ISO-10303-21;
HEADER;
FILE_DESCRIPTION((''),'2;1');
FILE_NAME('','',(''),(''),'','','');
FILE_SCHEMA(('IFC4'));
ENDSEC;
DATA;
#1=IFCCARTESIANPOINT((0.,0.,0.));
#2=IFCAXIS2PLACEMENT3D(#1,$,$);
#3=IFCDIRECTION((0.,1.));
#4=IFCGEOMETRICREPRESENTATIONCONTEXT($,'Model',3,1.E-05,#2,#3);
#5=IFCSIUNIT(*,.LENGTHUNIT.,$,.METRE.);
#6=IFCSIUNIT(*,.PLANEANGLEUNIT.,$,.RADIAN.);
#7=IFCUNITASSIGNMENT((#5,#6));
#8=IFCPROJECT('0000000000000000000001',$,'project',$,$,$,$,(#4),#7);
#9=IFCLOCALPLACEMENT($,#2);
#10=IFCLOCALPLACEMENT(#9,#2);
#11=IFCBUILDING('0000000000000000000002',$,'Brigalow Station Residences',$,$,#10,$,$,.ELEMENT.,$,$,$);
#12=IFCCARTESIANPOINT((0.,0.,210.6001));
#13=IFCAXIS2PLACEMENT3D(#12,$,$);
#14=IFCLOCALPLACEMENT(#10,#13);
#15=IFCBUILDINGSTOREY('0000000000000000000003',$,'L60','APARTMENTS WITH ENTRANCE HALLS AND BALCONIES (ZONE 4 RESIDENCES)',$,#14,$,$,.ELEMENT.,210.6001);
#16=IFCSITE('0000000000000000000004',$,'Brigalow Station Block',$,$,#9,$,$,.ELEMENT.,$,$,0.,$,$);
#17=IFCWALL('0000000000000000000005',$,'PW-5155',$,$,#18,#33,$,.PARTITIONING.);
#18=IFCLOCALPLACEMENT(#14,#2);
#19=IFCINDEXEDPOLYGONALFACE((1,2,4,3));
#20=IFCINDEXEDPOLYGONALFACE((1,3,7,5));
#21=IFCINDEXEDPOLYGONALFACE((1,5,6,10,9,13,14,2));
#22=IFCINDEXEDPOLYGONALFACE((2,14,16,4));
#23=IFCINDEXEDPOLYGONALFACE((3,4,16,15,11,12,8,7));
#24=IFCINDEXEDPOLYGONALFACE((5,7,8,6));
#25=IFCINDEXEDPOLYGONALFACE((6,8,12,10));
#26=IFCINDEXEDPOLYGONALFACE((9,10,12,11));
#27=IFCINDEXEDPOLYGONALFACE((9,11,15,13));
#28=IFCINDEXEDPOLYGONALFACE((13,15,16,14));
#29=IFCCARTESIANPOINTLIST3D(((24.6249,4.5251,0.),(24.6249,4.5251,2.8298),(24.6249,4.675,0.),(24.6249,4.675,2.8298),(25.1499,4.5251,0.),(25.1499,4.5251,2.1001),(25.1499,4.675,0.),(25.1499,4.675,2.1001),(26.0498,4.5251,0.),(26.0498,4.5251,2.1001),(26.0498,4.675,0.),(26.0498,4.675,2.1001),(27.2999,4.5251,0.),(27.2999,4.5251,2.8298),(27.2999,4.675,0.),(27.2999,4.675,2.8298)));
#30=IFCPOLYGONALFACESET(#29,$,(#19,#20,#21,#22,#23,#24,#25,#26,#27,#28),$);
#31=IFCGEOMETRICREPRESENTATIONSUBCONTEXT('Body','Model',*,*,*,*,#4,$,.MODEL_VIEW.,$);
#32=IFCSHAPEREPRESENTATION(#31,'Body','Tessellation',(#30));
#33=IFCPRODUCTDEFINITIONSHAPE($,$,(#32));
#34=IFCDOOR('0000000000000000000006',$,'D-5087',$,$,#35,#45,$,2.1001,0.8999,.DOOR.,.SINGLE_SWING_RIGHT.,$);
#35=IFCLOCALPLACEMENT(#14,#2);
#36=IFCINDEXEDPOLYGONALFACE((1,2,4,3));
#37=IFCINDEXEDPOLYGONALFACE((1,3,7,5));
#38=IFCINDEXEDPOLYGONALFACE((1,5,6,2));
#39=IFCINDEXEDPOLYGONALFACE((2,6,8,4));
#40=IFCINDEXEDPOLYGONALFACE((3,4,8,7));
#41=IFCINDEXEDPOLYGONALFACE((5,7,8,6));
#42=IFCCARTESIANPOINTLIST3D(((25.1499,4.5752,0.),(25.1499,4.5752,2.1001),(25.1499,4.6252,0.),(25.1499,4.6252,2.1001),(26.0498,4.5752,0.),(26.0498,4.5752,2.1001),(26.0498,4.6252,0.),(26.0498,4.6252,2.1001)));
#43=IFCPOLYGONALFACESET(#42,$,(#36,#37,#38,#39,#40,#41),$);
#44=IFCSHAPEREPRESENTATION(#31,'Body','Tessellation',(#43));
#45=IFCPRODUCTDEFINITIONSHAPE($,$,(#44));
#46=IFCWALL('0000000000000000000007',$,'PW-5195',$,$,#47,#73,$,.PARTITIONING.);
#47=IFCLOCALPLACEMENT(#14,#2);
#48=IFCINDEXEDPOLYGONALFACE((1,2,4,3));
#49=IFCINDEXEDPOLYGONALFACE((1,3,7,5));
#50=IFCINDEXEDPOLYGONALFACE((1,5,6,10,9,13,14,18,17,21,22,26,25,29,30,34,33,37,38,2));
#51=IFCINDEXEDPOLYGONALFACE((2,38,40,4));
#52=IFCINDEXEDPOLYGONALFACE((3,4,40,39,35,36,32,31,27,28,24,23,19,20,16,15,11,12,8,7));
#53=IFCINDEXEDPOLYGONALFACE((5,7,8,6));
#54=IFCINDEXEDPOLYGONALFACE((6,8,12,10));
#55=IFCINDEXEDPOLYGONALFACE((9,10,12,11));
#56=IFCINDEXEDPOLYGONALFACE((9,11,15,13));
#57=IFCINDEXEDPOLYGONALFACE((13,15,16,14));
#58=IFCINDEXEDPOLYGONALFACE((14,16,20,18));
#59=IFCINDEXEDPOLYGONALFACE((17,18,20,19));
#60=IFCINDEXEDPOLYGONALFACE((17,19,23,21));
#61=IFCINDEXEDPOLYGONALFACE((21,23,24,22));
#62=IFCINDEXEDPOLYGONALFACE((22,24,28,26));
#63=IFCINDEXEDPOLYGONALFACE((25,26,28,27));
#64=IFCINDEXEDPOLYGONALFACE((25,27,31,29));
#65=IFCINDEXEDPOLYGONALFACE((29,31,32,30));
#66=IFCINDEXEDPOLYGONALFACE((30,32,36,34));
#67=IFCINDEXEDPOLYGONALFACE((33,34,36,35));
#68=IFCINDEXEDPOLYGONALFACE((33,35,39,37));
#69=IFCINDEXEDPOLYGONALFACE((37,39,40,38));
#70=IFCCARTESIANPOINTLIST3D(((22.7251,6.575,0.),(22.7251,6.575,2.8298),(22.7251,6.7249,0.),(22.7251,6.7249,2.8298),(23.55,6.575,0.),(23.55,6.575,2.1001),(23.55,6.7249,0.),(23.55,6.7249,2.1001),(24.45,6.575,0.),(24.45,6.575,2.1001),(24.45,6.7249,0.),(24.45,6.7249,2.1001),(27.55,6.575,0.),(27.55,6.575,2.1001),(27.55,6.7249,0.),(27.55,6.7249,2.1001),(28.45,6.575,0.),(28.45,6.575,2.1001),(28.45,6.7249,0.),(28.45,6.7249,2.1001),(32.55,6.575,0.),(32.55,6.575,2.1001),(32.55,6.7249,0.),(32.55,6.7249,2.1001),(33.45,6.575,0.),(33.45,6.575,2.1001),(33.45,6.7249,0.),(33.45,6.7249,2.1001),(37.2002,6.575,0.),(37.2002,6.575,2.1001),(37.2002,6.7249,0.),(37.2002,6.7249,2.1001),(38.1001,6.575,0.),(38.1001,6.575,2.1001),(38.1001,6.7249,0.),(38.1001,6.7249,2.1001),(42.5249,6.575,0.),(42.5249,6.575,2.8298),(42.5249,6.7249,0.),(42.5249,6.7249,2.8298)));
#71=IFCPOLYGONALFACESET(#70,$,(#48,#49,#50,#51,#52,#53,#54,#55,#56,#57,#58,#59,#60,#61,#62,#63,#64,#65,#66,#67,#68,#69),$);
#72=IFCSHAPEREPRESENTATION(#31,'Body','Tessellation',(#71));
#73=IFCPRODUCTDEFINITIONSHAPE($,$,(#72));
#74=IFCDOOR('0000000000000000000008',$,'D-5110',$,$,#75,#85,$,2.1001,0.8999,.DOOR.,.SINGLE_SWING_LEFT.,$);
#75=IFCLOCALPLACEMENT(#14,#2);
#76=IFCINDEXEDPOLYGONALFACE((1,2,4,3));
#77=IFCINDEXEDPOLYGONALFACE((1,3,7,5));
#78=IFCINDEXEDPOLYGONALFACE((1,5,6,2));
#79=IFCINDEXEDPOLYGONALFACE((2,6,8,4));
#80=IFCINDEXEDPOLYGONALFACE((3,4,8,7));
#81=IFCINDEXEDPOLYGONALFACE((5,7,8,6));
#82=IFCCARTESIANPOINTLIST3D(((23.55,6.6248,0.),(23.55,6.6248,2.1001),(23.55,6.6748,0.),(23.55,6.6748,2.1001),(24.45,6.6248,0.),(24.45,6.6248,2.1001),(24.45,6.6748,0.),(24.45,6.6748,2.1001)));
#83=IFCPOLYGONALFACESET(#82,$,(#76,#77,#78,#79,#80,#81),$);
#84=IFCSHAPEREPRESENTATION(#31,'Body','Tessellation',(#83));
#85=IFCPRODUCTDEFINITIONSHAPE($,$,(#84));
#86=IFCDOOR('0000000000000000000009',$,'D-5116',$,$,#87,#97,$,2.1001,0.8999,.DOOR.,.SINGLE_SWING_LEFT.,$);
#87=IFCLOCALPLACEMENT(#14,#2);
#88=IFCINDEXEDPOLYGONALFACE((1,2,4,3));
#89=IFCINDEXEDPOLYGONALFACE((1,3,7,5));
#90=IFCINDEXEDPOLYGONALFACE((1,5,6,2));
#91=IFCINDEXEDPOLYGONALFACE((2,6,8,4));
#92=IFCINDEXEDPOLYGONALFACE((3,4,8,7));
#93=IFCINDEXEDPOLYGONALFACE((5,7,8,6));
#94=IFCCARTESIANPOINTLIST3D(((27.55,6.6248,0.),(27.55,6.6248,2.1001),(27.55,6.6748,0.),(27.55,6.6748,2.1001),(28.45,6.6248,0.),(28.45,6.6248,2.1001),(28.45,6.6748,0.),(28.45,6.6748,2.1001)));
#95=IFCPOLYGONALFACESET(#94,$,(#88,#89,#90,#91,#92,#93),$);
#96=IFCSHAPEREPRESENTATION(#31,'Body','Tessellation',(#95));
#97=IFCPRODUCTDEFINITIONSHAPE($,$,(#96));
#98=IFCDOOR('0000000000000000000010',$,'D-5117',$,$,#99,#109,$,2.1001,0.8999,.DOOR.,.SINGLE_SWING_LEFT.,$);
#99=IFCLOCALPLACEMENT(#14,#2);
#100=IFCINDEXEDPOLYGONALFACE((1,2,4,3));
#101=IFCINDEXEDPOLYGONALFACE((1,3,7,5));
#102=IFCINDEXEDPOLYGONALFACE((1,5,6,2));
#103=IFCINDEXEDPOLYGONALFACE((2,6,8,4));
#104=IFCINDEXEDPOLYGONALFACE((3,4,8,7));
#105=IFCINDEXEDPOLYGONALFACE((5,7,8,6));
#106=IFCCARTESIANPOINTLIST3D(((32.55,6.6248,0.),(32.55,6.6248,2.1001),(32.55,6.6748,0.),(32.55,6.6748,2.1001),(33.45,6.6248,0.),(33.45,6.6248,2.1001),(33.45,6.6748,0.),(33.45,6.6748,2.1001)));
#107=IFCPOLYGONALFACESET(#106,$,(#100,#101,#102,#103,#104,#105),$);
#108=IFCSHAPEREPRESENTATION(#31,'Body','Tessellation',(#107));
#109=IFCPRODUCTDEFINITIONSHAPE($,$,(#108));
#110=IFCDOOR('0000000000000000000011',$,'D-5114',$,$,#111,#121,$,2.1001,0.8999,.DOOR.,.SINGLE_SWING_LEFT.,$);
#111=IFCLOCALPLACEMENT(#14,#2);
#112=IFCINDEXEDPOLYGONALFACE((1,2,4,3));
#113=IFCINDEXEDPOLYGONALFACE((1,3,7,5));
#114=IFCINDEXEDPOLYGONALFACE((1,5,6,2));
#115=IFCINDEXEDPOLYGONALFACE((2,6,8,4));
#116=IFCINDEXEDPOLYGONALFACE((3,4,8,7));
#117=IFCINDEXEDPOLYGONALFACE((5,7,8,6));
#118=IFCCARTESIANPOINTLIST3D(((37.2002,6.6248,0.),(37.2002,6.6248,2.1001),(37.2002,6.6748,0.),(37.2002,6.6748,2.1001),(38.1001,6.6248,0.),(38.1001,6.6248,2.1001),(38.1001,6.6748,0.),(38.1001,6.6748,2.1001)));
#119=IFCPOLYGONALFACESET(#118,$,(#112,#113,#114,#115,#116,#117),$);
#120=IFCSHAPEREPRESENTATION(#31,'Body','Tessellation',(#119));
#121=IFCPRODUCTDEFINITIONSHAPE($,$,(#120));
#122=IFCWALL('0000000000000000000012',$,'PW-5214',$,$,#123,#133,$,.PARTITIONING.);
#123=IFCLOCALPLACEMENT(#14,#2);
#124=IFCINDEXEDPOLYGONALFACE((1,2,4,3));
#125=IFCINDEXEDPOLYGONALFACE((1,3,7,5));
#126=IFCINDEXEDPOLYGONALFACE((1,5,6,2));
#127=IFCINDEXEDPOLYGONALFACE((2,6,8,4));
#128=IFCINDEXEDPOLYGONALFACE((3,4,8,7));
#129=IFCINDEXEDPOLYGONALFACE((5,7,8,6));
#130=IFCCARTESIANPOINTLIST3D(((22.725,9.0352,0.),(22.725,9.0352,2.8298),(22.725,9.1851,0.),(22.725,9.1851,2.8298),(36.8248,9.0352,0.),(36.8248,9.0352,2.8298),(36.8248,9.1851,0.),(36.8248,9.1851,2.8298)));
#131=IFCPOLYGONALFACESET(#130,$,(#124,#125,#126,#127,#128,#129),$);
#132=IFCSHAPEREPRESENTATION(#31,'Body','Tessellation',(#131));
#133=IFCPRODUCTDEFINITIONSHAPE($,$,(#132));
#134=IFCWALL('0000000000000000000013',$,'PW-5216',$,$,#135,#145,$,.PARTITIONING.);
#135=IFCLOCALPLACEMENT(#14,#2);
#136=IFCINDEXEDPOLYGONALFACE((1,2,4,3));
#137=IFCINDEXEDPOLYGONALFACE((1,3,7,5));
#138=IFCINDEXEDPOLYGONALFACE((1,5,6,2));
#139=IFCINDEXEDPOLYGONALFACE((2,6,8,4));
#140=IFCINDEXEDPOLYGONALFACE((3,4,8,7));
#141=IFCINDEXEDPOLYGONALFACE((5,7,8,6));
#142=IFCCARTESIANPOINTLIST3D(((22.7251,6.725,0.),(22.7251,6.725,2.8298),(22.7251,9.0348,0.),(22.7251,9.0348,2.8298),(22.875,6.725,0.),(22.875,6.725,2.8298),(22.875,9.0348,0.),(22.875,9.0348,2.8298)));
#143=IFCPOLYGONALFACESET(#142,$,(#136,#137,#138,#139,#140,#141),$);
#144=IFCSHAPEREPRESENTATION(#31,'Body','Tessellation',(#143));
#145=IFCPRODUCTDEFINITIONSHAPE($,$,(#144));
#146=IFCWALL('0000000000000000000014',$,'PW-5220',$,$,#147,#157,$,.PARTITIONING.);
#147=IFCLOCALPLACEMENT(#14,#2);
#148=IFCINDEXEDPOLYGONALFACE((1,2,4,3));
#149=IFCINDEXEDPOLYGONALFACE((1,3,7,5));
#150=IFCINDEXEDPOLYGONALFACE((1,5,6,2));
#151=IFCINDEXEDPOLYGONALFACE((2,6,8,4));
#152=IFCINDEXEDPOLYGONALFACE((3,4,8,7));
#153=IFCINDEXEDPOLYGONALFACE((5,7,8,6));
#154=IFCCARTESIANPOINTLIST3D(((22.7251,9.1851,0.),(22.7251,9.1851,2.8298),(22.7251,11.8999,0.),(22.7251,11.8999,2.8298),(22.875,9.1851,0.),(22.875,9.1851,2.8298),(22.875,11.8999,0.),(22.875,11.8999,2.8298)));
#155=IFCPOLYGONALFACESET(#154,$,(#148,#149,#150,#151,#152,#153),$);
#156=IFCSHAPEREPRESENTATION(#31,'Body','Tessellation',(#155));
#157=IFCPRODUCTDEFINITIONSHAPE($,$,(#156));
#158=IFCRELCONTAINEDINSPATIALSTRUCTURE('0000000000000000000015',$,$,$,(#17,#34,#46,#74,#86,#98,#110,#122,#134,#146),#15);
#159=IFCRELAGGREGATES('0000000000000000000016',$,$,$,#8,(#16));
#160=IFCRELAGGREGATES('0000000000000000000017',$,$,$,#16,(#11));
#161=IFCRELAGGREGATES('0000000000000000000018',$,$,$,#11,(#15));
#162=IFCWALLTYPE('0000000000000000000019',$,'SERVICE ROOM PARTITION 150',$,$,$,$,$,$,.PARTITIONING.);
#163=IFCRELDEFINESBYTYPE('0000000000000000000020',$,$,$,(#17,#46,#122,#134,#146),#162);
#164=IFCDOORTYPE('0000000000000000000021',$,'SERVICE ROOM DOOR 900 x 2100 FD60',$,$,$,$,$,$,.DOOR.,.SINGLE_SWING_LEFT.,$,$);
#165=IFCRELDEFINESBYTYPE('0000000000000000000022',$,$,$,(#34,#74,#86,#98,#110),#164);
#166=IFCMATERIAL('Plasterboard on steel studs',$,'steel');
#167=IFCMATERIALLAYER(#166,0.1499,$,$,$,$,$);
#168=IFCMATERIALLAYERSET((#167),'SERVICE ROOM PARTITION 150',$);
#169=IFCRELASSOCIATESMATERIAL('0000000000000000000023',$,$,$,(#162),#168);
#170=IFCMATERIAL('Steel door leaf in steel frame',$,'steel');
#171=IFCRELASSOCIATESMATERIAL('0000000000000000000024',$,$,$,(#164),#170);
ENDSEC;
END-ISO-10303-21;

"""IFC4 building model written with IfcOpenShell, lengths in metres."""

from ifc_helpers import new_model, si_unit, direction, frame, frame_2d, origin, place, context, subcontext, project, spatial, rectangle, extrude, material, layer, layer_set, type_object, element, fill, save


model = new_model("IFC4")

# Units and contexts
model_context = context("Model", 3, precision=1e-05, world=origin(), true_north=direction((0.0, 1.0)))
body_context = subcontext(model_context, "Body", "Model", "MODEL_VIEW")
ifc_project = project(units=[si_unit("LENGTHUNIT", "METRE"), si_unit("PLANEANGLEUNIT", "RADIAN")], contexts=[model_context])

# Site, building, storey
site_placement = place(None, origin())
site = spatial("IfcSite", under=ifc_project, at=site_placement, Name="Brigalow Station Block", CompositionType="ELEMENT", RefElevation=0.0)
building_placement = place(site_placement, origin())
building = spatial("IfcBuilding", under=site, at=building_placement, Name="Brigalow Station Residences", CompositionType="ELEMENT")
storey_placement = place(building_placement, frame((0.0, 0.0, 210.6001)))
storey = spatial("IfcBuildingStorey", under=building, at=storey_placement, Name="L60", Description="APARTMENTS WITH ENTRANCE HALLS AND BALCONIES (ZONE 4 RESIDENCES)", CompositionType="ELEMENT", Elevation=210.6001)

# Wall, opening, door
ifc_material_1 = material(Name="Plasterboard on steel studs", Category="steel")
ifc_layer = layer(ifc_material_1, 0.1499)
ifc_layer_set = layer_set([ifc_layer], Name="SERVICE ROOM PARTITION 150")
wall_type = type_object("IfcWallType", Name="SERVICE ROOM PARTITION 150", PredefinedType="PARTITIONING", material=ifc_layer_set)
wall_1_placement = place(storey_placement, frame((24.625, 4.6001, 0.0), z_axis=(0.0, 0.0, 1.0), x_axis=(1.0, 0.0, 0.0)))
wall_1 = element("IfcWall", 1, at=wall_1_placement, inside=storey, type_object=wall_type, Name="PW-5155", PredefinedType="PARTITIONING", context=body_context, shape_type="SweptSolid", body=[
    extrude(rectangle(XDim=2.675, YDim=0.1499, at=frame_2d((1.3374, 0.0))), origin(), (0.0, 0.0, 1.0), 2.8298),
])
opening_1_placement = place(wall_1_placement, frame((0.5249, 0.0, 0.0)))
opening_1 = element("IfcOpeningElement", 2, at=opening_1_placement, cuts=wall_1, PredefinedType="OPENING", context=body_context, shape_type="SweptSolid", body=[
    extrude(rectangle(XDim=0.8999, YDim=2.1001, at=frame_2d((0.45, 1.05))), frame((0.0, 0.085, 0.0), z_axis=(0.0, -1.0, 0.0), x_axis=(1.0, 0.0, 0.0)), (0.0, 0.0, 1.0), 0.1699),
])
ifc_material_2 = material(Name="Steel door leaf in steel frame", Category="steel")
door_type = type_object("IfcDoorType", Name="SERVICE ROOM DOOR 900 x 2100 FD60", OperationType="SINGLE_SWING_LEFT", PredefinedType="DOOR", material=ifc_material_2)
door_1_placement = place(opening_1_placement, frame((0.8999, 0.0, 0.0), z_axis=(0.0, 0.0, 1.0), x_axis=(-1.0, 0.0, 0.0)))
door_1 = element("IfcDoor", 3, at=door_1_placement, inside=storey, type_object=door_type, Name="D-5087", OperationType="SINGLE_SWING_RIGHT", OverallHeight=2.1001, OverallWidth=0.8999, PredefinedType="DOOR", context=body_context, shape_type="SweptSolid", body=[
    extrude(rectangle(XDim=0.8999, YDim=2.1001, at=frame_2d((0.45, 1.05))), frame((0.0, 0.0249, 0.0), z_axis=(0.0, -1.0, 0.0), x_axis=(1.0, 0.0, 0.0)), (0.0, 0.0, 1.0), 0.05),
])
fill(opening_1, door_1)

# Wall, openings, doors
wall_2_placement = place(storey_placement, frame((22.7251, 6.6499, 0.0), z_axis=(0.0, 0.0, 1.0), x_axis=(1.0, 0.0, 0.0)))
wall_2 = element("IfcWall", 4, at=wall_2_placement, inside=storey, type_object=wall_type, Name="PW-5195", PredefinedType="PARTITIONING", context=body_context, shape_type="SweptSolid", body=[
    extrude(rectangle(XDim=19.7998, YDim=0.1499, at=frame_2d((9.8999, 0.0))), origin(), (0.0, 0.0, 1.0), 2.8298),
])
opening_2_placement = place(wall_2_placement, frame((0.825, 0.0, 0.0)))
opening_2 = element("IfcOpeningElement", 5, at=opening_2_placement, cuts=wall_2, PredefinedType="OPENING", context=body_context, shape_type="SweptSolid", body=[
    extrude(rectangle(XDim=0.8999, YDim=2.1001, at=frame_2d((0.45, 1.05))), frame((0.0, 0.085, 0.0), z_axis=(0.0, -1.0, 0.0), x_axis=(1.0, 0.0, 0.0)), (0.0, 0.0, 1.0), 0.1699),
])
opening_3_placement = place(wall_2_placement, frame((4.825, 0.0, 0.0)))
opening_3 = element("IfcOpeningElement", 6, at=opening_3_placement, cuts=wall_2, PredefinedType="OPENING", context=body_context, shape_type="SweptSolid", body=[
    extrude(rectangle(XDim=0.8999, YDim=2.1001, at=frame_2d((0.45, 1.05))), frame((0.0, 0.085, 0.0), z_axis=(0.0, -1.0, 0.0), x_axis=(1.0, 0.0, 0.0)), (0.0, 0.0, 1.0), 0.1699),
])
opening_4_placement = place(wall_2_placement, frame((9.825, 0.0, 0.0)))
opening_4 = element("IfcOpeningElement", 7, at=opening_4_placement, cuts=wall_2, PredefinedType="OPENING", context=body_context, shape_type="SweptSolid", body=[
    extrude(rectangle(XDim=0.8999, YDim=2.1001, at=frame_2d((0.45, 1.05))), frame((0.0, 0.085, 0.0), z_axis=(0.0, -1.0, 0.0), x_axis=(1.0, 0.0, 0.0)), (0.0, 0.0, 1.0), 0.1699),
])
opening_5_placement = place(wall_2_placement, frame((14.4751, 0.0, 0.0)))
opening_5 = element("IfcOpeningElement", 8, at=opening_5_placement, cuts=wall_2, PredefinedType="OPENING", context=body_context, shape_type="SweptSolid", body=[
    extrude(rectangle(XDim=0.8999, YDim=2.1001, at=frame_2d((0.45, 1.05))), frame((0.0, 0.085, 0.0), z_axis=(0.0, -1.0, 0.0), x_axis=(1.0, 0.0, 0.0)), (0.0, 0.0, 1.0), 0.1699),
])
door_2_placement = place(opening_2_placement, origin())
door_2 = element("IfcDoor", 9, at=door_2_placement, inside=storey, type_object=door_type, Name="D-5110", OperationType="SINGLE_SWING_LEFT", OverallHeight=2.1001, OverallWidth=0.8999, PredefinedType="DOOR", context=body_context, shape_type="SweptSolid", body=[
    extrude(rectangle(XDim=0.8999, YDim=2.1001, at=frame_2d((0.45, 1.05))), frame((0.0, 0.0249, 0.0), z_axis=(0.0, -1.0, 0.0), x_axis=(1.0, 0.0, 0.0)), (0.0, 0.0, 1.0), 0.05),
])
fill(opening_2, door_2)
door_3_placement = place(opening_3_placement, origin())
door_3 = element("IfcDoor", 10, at=door_3_placement, inside=storey, type_object=door_type, Name="D-5116", OperationType="SINGLE_SWING_LEFT", OverallHeight=2.1001, OverallWidth=0.8999, PredefinedType="DOOR", context=body_context, shape_type="SweptSolid", body=[
    extrude(rectangle(XDim=0.8999, YDim=2.1001, at=frame_2d((0.45, 1.05))), frame((0.0, 0.0249, 0.0), z_axis=(0.0, -1.0, 0.0), x_axis=(1.0, 0.0, 0.0)), (0.0, 0.0, 1.0), 0.05),
])
fill(opening_3, door_3)
door_4_placement = place(opening_4_placement, origin())
door_4 = element("IfcDoor", 11, at=door_4_placement, inside=storey, type_object=door_type, Name="D-5117", OperationType="SINGLE_SWING_LEFT", OverallHeight=2.1001, OverallWidth=0.8999, PredefinedType="DOOR", context=body_context, shape_type="SweptSolid", body=[
    extrude(rectangle(XDim=0.8999, YDim=2.1001, at=frame_2d((0.45, 1.05))), frame((0.0, 0.0249, 0.0), z_axis=(0.0, -1.0, 0.0), x_axis=(1.0, 0.0, 0.0)), (0.0, 0.0, 1.0), 0.05),
])
fill(opening_4, door_4)
door_5_placement = place(opening_5_placement, origin())
door_5 = element("IfcDoor", 12, at=door_5_placement, inside=storey, type_object=door_type, Name="D-5114", OperationType="SINGLE_SWING_LEFT", OverallHeight=2.1001, OverallWidth=0.8999, PredefinedType="DOOR", context=body_context, shape_type="SweptSolid", body=[
    extrude(rectangle(XDim=0.8999, YDim=2.1001, at=frame_2d((0.45, 1.05))), frame((0.0, 0.0249, 0.0), z_axis=(0.0, -1.0, 0.0), x_axis=(1.0, 0.0, 0.0)), (0.0, 0.0, 1.0), 0.05),
])
fill(opening_5, door_5)

# Walls
wall_3_placement = place(storey_placement, frame((22.7251, 9.1101, 0.0), z_axis=(0.0, 0.0, 1.0), x_axis=(1.0, 0.0, 0.0)))
element("IfcWall", 13, at=wall_3_placement, inside=storey, type_object=wall_type, Name="PW-5214", PredefinedType="PARTITIONING", context=body_context, shape_type="SweptSolid", body=[
    extrude(rectangle(XDim=14.0999, YDim=0.1499, at=frame_2d((7.0498, 0.0))), origin(), (0.0, 0.0, 1.0), 2.8298),
])
wall_4_placement = place(storey_placement, frame((22.8, 6.7251, 0.0), z_axis=(0.0, 0.0, 1.0), x_axis=(0.0, 1.0, 0.0)))
element("IfcWall", 14, at=wall_4_placement, inside=storey, type_object=wall_type, Name="PW-5216", PredefinedType="PARTITIONING", context=body_context, shape_type="SweptSolid", body=[
    extrude(rectangle(XDim=2.3098, YDim=0.1499, at=frame_2d((1.1548, 0.0))), origin(), (0.0, 0.0, 1.0), 2.8298),
])
wall_5_placement = place(storey_placement, frame((22.8, 9.1851, 0.0), z_axis=(0.0, 0.0, 1.0), x_axis=(0.0, 1.0, 0.0)))
element("IfcWall", 15, at=wall_5_placement, inside=storey, type_object=wall_type, Name="PW-5220", PredefinedType="PARTITIONING", context=body_context, shape_type="SweptSolid", body=[
    extrude(rectangle(XDim=2.7148, YDim=0.1499, at=frame_2d((1.3574, 0.0))), origin(), (0.0, 0.0, 1.0), 2.8298),
])

save(model, "model.ifc")
